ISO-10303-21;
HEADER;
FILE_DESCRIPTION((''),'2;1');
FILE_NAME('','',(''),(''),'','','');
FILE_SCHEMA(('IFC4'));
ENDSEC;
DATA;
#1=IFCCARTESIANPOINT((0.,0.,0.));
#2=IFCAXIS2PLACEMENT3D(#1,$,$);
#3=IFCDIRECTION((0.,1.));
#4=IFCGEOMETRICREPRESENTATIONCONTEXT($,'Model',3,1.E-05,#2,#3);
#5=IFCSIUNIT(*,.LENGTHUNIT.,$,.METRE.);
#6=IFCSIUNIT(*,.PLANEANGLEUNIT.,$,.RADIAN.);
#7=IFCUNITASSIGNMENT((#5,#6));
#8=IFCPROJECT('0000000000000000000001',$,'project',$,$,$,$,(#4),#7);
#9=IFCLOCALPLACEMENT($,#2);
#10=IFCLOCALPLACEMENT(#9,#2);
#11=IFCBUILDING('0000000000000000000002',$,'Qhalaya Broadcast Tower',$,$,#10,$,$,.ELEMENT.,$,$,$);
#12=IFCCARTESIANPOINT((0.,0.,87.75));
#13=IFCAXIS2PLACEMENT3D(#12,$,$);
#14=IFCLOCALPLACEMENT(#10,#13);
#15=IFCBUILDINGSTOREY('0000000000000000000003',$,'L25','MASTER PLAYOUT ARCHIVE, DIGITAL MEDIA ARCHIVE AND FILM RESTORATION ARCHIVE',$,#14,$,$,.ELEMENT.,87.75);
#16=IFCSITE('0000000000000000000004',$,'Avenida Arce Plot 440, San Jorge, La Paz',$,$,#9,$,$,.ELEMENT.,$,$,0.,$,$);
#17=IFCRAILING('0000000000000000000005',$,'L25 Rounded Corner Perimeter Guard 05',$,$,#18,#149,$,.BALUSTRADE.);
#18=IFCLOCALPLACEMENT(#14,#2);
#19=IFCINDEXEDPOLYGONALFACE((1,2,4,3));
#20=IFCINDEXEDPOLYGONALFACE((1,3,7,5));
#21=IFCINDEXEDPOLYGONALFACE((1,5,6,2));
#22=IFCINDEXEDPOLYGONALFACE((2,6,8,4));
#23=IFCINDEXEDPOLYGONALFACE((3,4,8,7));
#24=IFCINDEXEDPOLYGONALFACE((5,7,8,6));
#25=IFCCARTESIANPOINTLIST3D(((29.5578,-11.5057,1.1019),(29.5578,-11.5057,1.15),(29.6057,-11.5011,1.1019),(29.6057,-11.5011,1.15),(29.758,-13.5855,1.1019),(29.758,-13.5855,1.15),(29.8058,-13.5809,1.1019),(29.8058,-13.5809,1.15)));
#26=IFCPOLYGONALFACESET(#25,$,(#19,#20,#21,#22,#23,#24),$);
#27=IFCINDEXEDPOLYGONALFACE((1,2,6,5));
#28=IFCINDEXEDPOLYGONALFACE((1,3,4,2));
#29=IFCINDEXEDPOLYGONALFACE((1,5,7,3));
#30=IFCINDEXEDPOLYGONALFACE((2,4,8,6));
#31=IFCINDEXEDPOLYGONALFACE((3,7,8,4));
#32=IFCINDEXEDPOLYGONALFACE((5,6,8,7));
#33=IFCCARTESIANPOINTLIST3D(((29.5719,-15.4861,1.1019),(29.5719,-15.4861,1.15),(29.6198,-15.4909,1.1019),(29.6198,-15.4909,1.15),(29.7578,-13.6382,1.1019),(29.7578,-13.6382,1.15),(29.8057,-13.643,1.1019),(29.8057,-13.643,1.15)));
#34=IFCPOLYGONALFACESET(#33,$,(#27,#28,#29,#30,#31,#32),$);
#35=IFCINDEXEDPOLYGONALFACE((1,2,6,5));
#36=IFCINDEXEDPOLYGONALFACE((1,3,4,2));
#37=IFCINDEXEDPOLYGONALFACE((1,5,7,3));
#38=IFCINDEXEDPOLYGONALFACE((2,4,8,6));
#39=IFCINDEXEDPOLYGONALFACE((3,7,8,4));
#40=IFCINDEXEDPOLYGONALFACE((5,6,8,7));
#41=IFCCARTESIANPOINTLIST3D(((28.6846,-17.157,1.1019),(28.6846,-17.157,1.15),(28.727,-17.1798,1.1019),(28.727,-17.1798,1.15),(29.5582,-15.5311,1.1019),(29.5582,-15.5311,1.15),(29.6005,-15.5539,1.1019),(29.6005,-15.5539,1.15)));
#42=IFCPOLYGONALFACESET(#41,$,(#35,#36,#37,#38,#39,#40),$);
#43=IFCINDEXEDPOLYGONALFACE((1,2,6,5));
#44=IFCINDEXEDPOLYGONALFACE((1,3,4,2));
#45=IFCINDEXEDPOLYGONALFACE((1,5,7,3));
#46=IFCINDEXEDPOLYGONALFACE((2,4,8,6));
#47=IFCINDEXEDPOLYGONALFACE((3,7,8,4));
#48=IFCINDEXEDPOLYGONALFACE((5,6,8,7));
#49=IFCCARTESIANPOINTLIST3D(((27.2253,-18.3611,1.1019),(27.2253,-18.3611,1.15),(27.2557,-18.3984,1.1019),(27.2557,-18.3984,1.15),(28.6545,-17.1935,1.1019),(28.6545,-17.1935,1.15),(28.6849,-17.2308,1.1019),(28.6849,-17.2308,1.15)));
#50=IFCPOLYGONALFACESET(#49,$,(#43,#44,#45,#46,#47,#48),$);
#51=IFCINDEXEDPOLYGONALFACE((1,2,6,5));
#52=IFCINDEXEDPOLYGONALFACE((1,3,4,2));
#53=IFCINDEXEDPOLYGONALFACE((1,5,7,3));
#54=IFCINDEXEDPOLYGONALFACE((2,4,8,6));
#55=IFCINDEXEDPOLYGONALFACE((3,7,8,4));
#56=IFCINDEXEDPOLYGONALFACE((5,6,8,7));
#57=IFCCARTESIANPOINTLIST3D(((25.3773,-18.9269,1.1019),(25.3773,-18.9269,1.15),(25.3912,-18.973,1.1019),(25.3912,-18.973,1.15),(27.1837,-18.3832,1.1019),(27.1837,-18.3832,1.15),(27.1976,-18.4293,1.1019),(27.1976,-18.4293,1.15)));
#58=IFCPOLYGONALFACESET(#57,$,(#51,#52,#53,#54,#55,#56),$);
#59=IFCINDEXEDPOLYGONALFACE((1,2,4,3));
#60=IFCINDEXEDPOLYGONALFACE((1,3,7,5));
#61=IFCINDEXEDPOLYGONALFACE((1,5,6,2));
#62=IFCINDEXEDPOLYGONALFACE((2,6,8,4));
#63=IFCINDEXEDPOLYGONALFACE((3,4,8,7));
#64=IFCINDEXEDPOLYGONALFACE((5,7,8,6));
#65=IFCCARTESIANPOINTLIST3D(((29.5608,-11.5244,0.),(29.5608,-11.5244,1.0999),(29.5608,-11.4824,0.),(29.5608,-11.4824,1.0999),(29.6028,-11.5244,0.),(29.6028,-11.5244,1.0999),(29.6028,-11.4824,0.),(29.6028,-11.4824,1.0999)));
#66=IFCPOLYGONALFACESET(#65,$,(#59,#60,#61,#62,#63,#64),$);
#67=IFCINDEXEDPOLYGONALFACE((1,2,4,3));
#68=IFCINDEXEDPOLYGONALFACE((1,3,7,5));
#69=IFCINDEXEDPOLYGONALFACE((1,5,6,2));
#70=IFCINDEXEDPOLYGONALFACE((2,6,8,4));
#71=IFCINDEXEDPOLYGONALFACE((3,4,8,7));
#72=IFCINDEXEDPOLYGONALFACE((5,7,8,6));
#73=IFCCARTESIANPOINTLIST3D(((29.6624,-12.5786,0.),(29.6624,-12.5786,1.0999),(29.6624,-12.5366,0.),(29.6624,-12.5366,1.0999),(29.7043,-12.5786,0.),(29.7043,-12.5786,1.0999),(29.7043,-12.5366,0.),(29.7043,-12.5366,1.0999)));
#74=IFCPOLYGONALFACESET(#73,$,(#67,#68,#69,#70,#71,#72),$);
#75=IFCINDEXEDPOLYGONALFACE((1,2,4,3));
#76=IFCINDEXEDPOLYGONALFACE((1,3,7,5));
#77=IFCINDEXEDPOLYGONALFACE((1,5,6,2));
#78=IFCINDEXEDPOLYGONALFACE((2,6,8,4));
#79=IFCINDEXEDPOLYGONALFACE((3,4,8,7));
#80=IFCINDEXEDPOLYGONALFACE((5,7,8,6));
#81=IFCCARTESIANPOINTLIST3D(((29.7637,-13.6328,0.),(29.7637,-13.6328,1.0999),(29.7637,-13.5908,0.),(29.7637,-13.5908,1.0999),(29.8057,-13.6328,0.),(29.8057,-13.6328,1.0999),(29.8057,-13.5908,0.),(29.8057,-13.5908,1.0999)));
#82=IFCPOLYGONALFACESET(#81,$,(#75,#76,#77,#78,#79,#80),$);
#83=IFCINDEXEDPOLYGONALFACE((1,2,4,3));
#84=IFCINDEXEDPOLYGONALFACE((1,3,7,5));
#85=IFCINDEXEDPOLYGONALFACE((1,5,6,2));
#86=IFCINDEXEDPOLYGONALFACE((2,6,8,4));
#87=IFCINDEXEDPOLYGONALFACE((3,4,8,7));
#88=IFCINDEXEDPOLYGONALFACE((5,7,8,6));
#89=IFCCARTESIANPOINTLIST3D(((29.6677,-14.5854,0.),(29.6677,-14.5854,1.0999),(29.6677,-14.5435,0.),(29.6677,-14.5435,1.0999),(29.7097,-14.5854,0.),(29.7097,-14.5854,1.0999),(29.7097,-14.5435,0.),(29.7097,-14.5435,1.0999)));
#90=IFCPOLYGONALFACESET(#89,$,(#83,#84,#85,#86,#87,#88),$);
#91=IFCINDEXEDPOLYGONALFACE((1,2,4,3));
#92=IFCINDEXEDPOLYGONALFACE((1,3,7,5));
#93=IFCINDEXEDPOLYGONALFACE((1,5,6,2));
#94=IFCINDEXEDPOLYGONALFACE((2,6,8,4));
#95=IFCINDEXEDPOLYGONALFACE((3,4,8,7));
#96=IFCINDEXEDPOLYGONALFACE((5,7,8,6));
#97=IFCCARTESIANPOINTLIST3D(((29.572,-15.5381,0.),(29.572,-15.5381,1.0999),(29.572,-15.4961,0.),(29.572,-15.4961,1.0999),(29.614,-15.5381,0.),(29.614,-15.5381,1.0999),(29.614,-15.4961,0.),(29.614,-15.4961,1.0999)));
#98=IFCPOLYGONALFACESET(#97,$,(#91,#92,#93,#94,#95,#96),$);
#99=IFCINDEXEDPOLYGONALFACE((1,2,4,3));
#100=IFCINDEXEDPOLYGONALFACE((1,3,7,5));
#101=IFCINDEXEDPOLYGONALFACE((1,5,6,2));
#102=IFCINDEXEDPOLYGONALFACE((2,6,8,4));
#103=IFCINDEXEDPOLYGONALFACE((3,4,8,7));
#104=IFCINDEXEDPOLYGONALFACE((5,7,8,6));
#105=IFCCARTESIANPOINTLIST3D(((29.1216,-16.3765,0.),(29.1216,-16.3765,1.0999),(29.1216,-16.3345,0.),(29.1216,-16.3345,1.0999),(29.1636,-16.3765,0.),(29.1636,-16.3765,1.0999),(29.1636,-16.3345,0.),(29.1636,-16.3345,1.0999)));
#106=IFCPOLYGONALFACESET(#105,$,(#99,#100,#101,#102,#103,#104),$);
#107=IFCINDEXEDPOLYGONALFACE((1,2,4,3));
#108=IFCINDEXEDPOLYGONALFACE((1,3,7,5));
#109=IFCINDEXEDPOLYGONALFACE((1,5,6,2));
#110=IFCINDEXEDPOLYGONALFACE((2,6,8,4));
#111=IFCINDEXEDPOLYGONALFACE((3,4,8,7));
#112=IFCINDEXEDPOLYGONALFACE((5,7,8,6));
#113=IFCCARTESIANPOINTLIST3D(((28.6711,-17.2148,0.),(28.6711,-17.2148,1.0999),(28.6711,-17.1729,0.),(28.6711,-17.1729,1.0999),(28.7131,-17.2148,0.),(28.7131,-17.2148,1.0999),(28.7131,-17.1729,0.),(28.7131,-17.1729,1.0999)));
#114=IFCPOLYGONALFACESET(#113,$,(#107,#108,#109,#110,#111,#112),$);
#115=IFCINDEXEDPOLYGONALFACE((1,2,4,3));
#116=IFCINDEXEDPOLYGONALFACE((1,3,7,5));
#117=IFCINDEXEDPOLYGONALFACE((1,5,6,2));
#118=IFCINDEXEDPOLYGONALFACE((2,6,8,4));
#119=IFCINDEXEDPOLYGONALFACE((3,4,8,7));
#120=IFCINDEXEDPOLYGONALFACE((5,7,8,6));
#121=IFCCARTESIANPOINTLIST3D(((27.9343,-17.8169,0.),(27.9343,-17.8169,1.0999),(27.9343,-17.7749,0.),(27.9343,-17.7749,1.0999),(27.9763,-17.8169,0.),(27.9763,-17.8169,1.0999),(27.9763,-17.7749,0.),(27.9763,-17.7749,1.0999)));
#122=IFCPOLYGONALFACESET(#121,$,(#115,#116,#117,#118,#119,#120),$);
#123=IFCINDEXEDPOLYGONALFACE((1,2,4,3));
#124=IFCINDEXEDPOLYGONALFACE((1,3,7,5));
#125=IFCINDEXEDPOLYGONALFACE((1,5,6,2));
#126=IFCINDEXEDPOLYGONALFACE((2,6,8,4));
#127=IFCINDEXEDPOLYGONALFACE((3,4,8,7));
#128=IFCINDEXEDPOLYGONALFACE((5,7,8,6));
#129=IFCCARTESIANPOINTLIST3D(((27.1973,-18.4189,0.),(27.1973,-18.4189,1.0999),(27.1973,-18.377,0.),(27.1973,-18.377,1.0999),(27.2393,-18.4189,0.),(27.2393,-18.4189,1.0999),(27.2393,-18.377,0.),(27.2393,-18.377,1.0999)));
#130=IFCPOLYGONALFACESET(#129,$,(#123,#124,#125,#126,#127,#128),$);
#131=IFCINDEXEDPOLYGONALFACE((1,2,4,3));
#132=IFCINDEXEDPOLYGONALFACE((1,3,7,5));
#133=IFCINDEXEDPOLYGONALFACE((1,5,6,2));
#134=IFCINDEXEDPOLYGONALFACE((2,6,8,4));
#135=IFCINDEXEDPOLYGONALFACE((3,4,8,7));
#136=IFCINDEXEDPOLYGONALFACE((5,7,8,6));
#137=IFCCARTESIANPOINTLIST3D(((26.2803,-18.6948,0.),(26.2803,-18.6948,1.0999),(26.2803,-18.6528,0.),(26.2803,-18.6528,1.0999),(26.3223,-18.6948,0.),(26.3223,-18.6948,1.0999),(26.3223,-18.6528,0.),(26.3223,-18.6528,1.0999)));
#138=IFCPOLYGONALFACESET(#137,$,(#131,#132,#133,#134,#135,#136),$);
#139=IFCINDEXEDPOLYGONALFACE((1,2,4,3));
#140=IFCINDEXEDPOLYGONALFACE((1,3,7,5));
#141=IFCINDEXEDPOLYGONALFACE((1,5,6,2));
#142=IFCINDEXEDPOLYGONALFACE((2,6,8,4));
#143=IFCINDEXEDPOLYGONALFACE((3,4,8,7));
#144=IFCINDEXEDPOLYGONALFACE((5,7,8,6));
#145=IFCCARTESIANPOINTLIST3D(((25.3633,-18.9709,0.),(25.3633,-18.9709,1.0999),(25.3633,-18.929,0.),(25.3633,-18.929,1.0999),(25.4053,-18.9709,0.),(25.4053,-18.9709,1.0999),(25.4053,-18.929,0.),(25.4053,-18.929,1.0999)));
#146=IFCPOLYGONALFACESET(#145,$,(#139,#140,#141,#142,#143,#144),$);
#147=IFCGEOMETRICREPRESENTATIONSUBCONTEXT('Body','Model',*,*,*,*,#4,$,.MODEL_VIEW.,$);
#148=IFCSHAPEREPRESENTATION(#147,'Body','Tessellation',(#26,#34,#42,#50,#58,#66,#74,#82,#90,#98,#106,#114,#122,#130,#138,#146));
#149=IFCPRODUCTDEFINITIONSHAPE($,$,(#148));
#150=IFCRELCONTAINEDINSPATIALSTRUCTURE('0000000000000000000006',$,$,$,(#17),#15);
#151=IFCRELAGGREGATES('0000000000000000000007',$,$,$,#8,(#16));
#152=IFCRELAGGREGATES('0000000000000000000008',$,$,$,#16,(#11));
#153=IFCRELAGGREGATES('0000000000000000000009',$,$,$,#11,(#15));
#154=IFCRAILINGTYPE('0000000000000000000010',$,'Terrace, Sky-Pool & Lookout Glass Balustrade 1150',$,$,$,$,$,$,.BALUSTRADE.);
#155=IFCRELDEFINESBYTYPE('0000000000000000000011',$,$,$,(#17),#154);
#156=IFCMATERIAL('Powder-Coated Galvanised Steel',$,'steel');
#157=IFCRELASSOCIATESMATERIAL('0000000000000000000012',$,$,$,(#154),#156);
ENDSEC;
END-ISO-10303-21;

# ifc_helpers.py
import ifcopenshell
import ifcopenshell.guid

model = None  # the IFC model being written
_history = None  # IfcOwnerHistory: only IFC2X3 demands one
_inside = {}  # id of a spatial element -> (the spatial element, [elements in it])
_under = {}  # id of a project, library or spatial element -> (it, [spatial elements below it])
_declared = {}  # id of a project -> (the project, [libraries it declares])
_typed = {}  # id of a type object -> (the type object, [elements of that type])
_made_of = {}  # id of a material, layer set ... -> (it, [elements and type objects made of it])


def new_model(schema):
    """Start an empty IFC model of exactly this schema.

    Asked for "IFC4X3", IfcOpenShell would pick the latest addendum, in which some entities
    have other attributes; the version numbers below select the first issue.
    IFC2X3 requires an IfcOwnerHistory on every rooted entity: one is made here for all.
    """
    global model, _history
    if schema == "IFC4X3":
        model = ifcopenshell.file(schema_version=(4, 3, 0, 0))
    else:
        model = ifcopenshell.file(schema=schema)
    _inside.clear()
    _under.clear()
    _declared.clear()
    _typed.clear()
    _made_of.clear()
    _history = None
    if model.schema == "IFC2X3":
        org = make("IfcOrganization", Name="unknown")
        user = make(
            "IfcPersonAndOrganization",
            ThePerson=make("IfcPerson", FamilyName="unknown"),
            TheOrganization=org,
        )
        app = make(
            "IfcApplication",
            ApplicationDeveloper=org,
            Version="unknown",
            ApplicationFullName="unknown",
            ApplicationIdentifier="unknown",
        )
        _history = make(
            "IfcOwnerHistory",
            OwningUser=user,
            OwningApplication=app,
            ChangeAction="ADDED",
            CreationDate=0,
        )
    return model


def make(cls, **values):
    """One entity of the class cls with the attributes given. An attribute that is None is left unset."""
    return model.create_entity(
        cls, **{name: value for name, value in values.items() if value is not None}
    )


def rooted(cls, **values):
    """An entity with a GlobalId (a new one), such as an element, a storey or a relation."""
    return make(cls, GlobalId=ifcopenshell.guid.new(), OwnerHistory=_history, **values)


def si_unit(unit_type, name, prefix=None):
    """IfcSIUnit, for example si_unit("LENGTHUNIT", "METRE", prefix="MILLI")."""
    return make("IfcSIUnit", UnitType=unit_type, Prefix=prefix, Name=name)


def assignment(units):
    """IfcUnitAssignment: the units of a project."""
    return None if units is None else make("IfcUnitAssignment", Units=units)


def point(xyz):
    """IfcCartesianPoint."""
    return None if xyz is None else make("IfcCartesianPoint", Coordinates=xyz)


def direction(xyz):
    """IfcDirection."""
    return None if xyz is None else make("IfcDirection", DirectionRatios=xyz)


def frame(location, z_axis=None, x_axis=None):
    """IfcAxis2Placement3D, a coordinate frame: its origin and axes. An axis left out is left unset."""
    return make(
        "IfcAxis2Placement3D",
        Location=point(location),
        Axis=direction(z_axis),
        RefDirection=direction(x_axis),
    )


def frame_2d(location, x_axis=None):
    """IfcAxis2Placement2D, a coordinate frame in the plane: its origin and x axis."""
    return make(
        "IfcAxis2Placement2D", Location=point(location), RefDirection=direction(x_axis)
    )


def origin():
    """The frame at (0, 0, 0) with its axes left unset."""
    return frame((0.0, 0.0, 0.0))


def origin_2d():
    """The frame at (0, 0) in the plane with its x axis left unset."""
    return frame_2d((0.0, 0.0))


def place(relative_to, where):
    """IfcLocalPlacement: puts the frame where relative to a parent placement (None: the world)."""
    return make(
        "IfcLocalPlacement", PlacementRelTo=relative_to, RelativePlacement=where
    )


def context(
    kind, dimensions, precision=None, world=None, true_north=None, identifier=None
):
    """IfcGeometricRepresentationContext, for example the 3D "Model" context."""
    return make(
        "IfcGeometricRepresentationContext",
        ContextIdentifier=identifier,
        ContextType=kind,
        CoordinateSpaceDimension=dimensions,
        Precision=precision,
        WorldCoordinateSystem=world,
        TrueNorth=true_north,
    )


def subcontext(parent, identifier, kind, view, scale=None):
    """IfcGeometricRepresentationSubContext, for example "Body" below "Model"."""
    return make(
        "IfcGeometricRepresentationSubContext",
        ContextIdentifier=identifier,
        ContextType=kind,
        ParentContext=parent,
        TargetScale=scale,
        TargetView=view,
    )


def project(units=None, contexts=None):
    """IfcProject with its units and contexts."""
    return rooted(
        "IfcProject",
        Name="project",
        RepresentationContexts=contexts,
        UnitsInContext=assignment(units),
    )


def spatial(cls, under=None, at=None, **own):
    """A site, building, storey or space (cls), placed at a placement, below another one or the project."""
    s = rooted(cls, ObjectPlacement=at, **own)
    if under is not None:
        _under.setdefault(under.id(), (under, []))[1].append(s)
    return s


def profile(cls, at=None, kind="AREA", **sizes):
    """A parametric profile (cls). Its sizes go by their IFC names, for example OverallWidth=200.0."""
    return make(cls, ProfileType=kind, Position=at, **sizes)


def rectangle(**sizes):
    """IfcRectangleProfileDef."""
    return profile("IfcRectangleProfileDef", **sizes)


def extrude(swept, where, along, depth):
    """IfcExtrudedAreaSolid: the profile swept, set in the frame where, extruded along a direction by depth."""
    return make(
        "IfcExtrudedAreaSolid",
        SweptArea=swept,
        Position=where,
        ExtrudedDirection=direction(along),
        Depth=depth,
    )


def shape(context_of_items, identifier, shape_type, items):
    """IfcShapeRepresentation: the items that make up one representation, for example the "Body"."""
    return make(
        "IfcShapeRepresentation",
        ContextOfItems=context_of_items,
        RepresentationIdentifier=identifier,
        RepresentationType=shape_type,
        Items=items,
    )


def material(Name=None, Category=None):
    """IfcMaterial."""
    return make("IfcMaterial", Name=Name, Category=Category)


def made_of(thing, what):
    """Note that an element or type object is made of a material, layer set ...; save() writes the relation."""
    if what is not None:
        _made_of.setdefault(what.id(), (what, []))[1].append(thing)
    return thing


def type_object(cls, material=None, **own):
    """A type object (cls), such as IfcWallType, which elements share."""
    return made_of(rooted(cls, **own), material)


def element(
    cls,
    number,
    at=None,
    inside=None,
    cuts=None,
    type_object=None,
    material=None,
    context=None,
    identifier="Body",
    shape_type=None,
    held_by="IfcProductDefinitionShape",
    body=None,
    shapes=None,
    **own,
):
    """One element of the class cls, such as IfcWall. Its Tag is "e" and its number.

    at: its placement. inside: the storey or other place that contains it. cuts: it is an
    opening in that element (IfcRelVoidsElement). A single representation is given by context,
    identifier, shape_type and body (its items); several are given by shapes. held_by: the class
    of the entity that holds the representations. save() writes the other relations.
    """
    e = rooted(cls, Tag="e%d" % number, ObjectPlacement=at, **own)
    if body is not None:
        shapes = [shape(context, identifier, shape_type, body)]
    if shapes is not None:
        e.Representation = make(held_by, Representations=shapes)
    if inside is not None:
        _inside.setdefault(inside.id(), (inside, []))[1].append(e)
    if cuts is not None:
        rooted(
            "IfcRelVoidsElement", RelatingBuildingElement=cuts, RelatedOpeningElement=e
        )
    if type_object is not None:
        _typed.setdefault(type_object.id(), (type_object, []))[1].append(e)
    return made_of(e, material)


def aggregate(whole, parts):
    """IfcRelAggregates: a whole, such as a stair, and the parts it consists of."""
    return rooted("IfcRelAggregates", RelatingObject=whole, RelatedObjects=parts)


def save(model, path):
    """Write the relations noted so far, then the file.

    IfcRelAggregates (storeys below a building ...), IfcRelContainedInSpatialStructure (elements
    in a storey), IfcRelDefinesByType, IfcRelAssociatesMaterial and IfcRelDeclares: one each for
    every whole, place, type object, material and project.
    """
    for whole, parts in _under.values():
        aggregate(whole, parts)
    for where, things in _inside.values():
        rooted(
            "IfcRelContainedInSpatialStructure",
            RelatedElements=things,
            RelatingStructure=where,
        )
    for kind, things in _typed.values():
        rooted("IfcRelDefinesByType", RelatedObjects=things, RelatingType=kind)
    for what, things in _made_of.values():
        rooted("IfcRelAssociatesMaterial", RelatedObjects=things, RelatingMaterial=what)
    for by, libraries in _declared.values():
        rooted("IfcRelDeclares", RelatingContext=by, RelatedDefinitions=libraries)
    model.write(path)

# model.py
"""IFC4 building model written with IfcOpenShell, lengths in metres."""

from ifc_helpers import new_model, si_unit, direction, frame, origin, origin_2d, place, context, subcontext, project, spatial, rectangle, extrude, material, type_object, element, save


model = new_model("IFC4")

# Units and contexts
model_context = context("Model", 3, precision=1e-05, world=origin(), true_north=direction((0.0, 1.0)))
body_context = subcontext(model_context, "Body", "Model", "MODEL_VIEW")
ifc_project = project(units=[si_unit("LENGTHUNIT", "METRE"), si_unit("PLANEANGLEUNIT", "RADIAN")], contexts=[model_context])

# Site, building, storey
site_placement = place(None, origin())
site = spatial("IfcSite", under=ifc_project, at=site_placement, Name="Avenida Arce Plot 440, San Jorge, La Paz", CompositionType="ELEMENT", RefElevation=0.0)
building_placement = place(site_placement, origin())
building = spatial("IfcBuilding", under=site, at=building_placement, Name="Qhalaya Broadcast Tower", CompositionType="ELEMENT")
storey_placement = place(building_placement, frame((0.0, 0.0, 87.75)))
storey = spatial("IfcBuildingStorey", under=building, at=storey_placement, Name="L25", Description="MASTER PLAYOUT ARCHIVE, DIGITAL MEDIA ARCHIVE AND FILM RESTORATION ARCHIVE", CompositionType="ELEMENT", Elevation=87.75)

# Railing
ifc_material_1 = material(Name="Powder-Coated Galvanised Steel", Category="steel")
railing_type = type_object("IfcRailingType", Name="Terrace, Sky-Pool & Lookout Glass Balustrade 1150", PredefinedType="BALUSTRADE", material=ifc_material_1)
railing_placement = place(storey_placement, frame((29.5818, -11.5034, 0.0)))
element("IfcRailing", 1, at=railing_placement, inside=storey, type_object=railing_type, Name="L25 Rounded Corner Perimeter Guard 05", PredefinedType="BALUSTRADE", context=body_context, shape_type="SweptSolid", body=[
    extrude(rectangle(XDim=0.0481, YDim=0.0481, at=origin_2d()), frame((0.0, 0.0, 1.126), z_axis=(0.095783, -0.995402, 0.0), x_axis=(0.995402, 0.095783, 0.0)), (0.0, 0.0, 1.0), 2.0894),
    extrude(rectangle(XDim=0.0481, YDim=0.0481, at=origin_2d()), frame((0.2, -2.1372, 1.126), z_axis=(-0.100084, -0.994979, 0.0), x_axis=(0.994979, -0.100084, 0.0)), (0.0, 0.0, 1.0), 1.8572),
    extrude(rectangle(XDim=0.0481, YDim=0.0481, at=origin_2d()), frame((-0.0024, -4.0391, 1.126), z_axis=(-0.473289, -0.880907, 0.0), x_axis=(0.880907, -0.473289, 0.0)), (0.0, 0.0, 1.0), 1.8457),
    extrude(rectangle(XDim=0.0481, YDim=0.0481, at=origin_2d()), frame((-0.9121, -5.7087, 1.126), z_axis=(-0.77442, -0.632672, 0.0), x_axis=(0.632672, -0.77442, 0.0)), (0.0, 0.0, 1.0), 1.8455),
    extrude(rectangle(XDim=0.0481, YDim=0.0481, at=origin_2d()), frame((-2.3911, -6.9028, 1.126), z_axis=(-0.957566, -0.288213, 0.0), x_axis=(0.288213, -0.957566, 0.0)), (0.0, 0.0, 1.0), 1.8865),
    extrude(rectangle(XDim=0.042, YDim=0.042, at=origin_2d()), origin(), (0.0, 0.0, 1.0), 1.0999),
    extrude(rectangle(XDim=0.042, YDim=0.042, at=origin_2d()), frame((0.1016, -1.0542, 0.0)), (0.0, 0.0, 1.0), 1.0999),
    extrude(rectangle(XDim=0.042, YDim=0.042, at=origin_2d()), frame((0.2029, -2.1084, 0.0)), (0.0, 0.0, 1.0), 1.0999),
    extrude(rectangle(XDim=0.042, YDim=0.042, at=origin_2d()), frame((0.1069, -3.061, 0.0)), (0.0, 0.0, 1.0), 1.0999),
    extrude(rectangle(XDim=0.042, YDim=0.042, at=origin_2d()), frame((0.0112, -4.0137, 0.0)), (0.0, 0.0, 1.0), 1.0999),
    extrude(rectangle(XDim=0.042, YDim=0.042, at=origin_2d()), frame((-0.4392, -4.8521, 0.0)), (0.0, 0.0, 1.0), 1.0999),
    extrude(rectangle(XDim=0.042, YDim=0.042, at=origin_2d()), frame((-0.8896, -5.6904, 0.0)), (0.0, 0.0, 1.0), 1.0999),
    extrude(rectangle(XDim=0.042, YDim=0.042, at=origin_2d()), frame((-1.6265, -6.2925, 0.0)), (0.0, 0.0, 1.0), 1.0999),
    extrude(rectangle(XDim=0.042, YDim=0.042, at=origin_2d()), frame((-2.3635, -6.8945, 0.0)), (0.0, 0.0, 1.0), 1.0999),
    extrude(rectangle(XDim=0.042, YDim=0.042, at=origin_2d()), frame((-3.2805, -7.1704, 0.0)), (0.0, 0.0, 1.0), 1.0999),
    extrude(rectangle(XDim=0.042, YDim=0.042, at=origin_2d()), frame((-4.1975, -7.4465, 0.0)), (0.0, 0.0, 1.0), 1.0999),
])

save(model, "model.ifc")
